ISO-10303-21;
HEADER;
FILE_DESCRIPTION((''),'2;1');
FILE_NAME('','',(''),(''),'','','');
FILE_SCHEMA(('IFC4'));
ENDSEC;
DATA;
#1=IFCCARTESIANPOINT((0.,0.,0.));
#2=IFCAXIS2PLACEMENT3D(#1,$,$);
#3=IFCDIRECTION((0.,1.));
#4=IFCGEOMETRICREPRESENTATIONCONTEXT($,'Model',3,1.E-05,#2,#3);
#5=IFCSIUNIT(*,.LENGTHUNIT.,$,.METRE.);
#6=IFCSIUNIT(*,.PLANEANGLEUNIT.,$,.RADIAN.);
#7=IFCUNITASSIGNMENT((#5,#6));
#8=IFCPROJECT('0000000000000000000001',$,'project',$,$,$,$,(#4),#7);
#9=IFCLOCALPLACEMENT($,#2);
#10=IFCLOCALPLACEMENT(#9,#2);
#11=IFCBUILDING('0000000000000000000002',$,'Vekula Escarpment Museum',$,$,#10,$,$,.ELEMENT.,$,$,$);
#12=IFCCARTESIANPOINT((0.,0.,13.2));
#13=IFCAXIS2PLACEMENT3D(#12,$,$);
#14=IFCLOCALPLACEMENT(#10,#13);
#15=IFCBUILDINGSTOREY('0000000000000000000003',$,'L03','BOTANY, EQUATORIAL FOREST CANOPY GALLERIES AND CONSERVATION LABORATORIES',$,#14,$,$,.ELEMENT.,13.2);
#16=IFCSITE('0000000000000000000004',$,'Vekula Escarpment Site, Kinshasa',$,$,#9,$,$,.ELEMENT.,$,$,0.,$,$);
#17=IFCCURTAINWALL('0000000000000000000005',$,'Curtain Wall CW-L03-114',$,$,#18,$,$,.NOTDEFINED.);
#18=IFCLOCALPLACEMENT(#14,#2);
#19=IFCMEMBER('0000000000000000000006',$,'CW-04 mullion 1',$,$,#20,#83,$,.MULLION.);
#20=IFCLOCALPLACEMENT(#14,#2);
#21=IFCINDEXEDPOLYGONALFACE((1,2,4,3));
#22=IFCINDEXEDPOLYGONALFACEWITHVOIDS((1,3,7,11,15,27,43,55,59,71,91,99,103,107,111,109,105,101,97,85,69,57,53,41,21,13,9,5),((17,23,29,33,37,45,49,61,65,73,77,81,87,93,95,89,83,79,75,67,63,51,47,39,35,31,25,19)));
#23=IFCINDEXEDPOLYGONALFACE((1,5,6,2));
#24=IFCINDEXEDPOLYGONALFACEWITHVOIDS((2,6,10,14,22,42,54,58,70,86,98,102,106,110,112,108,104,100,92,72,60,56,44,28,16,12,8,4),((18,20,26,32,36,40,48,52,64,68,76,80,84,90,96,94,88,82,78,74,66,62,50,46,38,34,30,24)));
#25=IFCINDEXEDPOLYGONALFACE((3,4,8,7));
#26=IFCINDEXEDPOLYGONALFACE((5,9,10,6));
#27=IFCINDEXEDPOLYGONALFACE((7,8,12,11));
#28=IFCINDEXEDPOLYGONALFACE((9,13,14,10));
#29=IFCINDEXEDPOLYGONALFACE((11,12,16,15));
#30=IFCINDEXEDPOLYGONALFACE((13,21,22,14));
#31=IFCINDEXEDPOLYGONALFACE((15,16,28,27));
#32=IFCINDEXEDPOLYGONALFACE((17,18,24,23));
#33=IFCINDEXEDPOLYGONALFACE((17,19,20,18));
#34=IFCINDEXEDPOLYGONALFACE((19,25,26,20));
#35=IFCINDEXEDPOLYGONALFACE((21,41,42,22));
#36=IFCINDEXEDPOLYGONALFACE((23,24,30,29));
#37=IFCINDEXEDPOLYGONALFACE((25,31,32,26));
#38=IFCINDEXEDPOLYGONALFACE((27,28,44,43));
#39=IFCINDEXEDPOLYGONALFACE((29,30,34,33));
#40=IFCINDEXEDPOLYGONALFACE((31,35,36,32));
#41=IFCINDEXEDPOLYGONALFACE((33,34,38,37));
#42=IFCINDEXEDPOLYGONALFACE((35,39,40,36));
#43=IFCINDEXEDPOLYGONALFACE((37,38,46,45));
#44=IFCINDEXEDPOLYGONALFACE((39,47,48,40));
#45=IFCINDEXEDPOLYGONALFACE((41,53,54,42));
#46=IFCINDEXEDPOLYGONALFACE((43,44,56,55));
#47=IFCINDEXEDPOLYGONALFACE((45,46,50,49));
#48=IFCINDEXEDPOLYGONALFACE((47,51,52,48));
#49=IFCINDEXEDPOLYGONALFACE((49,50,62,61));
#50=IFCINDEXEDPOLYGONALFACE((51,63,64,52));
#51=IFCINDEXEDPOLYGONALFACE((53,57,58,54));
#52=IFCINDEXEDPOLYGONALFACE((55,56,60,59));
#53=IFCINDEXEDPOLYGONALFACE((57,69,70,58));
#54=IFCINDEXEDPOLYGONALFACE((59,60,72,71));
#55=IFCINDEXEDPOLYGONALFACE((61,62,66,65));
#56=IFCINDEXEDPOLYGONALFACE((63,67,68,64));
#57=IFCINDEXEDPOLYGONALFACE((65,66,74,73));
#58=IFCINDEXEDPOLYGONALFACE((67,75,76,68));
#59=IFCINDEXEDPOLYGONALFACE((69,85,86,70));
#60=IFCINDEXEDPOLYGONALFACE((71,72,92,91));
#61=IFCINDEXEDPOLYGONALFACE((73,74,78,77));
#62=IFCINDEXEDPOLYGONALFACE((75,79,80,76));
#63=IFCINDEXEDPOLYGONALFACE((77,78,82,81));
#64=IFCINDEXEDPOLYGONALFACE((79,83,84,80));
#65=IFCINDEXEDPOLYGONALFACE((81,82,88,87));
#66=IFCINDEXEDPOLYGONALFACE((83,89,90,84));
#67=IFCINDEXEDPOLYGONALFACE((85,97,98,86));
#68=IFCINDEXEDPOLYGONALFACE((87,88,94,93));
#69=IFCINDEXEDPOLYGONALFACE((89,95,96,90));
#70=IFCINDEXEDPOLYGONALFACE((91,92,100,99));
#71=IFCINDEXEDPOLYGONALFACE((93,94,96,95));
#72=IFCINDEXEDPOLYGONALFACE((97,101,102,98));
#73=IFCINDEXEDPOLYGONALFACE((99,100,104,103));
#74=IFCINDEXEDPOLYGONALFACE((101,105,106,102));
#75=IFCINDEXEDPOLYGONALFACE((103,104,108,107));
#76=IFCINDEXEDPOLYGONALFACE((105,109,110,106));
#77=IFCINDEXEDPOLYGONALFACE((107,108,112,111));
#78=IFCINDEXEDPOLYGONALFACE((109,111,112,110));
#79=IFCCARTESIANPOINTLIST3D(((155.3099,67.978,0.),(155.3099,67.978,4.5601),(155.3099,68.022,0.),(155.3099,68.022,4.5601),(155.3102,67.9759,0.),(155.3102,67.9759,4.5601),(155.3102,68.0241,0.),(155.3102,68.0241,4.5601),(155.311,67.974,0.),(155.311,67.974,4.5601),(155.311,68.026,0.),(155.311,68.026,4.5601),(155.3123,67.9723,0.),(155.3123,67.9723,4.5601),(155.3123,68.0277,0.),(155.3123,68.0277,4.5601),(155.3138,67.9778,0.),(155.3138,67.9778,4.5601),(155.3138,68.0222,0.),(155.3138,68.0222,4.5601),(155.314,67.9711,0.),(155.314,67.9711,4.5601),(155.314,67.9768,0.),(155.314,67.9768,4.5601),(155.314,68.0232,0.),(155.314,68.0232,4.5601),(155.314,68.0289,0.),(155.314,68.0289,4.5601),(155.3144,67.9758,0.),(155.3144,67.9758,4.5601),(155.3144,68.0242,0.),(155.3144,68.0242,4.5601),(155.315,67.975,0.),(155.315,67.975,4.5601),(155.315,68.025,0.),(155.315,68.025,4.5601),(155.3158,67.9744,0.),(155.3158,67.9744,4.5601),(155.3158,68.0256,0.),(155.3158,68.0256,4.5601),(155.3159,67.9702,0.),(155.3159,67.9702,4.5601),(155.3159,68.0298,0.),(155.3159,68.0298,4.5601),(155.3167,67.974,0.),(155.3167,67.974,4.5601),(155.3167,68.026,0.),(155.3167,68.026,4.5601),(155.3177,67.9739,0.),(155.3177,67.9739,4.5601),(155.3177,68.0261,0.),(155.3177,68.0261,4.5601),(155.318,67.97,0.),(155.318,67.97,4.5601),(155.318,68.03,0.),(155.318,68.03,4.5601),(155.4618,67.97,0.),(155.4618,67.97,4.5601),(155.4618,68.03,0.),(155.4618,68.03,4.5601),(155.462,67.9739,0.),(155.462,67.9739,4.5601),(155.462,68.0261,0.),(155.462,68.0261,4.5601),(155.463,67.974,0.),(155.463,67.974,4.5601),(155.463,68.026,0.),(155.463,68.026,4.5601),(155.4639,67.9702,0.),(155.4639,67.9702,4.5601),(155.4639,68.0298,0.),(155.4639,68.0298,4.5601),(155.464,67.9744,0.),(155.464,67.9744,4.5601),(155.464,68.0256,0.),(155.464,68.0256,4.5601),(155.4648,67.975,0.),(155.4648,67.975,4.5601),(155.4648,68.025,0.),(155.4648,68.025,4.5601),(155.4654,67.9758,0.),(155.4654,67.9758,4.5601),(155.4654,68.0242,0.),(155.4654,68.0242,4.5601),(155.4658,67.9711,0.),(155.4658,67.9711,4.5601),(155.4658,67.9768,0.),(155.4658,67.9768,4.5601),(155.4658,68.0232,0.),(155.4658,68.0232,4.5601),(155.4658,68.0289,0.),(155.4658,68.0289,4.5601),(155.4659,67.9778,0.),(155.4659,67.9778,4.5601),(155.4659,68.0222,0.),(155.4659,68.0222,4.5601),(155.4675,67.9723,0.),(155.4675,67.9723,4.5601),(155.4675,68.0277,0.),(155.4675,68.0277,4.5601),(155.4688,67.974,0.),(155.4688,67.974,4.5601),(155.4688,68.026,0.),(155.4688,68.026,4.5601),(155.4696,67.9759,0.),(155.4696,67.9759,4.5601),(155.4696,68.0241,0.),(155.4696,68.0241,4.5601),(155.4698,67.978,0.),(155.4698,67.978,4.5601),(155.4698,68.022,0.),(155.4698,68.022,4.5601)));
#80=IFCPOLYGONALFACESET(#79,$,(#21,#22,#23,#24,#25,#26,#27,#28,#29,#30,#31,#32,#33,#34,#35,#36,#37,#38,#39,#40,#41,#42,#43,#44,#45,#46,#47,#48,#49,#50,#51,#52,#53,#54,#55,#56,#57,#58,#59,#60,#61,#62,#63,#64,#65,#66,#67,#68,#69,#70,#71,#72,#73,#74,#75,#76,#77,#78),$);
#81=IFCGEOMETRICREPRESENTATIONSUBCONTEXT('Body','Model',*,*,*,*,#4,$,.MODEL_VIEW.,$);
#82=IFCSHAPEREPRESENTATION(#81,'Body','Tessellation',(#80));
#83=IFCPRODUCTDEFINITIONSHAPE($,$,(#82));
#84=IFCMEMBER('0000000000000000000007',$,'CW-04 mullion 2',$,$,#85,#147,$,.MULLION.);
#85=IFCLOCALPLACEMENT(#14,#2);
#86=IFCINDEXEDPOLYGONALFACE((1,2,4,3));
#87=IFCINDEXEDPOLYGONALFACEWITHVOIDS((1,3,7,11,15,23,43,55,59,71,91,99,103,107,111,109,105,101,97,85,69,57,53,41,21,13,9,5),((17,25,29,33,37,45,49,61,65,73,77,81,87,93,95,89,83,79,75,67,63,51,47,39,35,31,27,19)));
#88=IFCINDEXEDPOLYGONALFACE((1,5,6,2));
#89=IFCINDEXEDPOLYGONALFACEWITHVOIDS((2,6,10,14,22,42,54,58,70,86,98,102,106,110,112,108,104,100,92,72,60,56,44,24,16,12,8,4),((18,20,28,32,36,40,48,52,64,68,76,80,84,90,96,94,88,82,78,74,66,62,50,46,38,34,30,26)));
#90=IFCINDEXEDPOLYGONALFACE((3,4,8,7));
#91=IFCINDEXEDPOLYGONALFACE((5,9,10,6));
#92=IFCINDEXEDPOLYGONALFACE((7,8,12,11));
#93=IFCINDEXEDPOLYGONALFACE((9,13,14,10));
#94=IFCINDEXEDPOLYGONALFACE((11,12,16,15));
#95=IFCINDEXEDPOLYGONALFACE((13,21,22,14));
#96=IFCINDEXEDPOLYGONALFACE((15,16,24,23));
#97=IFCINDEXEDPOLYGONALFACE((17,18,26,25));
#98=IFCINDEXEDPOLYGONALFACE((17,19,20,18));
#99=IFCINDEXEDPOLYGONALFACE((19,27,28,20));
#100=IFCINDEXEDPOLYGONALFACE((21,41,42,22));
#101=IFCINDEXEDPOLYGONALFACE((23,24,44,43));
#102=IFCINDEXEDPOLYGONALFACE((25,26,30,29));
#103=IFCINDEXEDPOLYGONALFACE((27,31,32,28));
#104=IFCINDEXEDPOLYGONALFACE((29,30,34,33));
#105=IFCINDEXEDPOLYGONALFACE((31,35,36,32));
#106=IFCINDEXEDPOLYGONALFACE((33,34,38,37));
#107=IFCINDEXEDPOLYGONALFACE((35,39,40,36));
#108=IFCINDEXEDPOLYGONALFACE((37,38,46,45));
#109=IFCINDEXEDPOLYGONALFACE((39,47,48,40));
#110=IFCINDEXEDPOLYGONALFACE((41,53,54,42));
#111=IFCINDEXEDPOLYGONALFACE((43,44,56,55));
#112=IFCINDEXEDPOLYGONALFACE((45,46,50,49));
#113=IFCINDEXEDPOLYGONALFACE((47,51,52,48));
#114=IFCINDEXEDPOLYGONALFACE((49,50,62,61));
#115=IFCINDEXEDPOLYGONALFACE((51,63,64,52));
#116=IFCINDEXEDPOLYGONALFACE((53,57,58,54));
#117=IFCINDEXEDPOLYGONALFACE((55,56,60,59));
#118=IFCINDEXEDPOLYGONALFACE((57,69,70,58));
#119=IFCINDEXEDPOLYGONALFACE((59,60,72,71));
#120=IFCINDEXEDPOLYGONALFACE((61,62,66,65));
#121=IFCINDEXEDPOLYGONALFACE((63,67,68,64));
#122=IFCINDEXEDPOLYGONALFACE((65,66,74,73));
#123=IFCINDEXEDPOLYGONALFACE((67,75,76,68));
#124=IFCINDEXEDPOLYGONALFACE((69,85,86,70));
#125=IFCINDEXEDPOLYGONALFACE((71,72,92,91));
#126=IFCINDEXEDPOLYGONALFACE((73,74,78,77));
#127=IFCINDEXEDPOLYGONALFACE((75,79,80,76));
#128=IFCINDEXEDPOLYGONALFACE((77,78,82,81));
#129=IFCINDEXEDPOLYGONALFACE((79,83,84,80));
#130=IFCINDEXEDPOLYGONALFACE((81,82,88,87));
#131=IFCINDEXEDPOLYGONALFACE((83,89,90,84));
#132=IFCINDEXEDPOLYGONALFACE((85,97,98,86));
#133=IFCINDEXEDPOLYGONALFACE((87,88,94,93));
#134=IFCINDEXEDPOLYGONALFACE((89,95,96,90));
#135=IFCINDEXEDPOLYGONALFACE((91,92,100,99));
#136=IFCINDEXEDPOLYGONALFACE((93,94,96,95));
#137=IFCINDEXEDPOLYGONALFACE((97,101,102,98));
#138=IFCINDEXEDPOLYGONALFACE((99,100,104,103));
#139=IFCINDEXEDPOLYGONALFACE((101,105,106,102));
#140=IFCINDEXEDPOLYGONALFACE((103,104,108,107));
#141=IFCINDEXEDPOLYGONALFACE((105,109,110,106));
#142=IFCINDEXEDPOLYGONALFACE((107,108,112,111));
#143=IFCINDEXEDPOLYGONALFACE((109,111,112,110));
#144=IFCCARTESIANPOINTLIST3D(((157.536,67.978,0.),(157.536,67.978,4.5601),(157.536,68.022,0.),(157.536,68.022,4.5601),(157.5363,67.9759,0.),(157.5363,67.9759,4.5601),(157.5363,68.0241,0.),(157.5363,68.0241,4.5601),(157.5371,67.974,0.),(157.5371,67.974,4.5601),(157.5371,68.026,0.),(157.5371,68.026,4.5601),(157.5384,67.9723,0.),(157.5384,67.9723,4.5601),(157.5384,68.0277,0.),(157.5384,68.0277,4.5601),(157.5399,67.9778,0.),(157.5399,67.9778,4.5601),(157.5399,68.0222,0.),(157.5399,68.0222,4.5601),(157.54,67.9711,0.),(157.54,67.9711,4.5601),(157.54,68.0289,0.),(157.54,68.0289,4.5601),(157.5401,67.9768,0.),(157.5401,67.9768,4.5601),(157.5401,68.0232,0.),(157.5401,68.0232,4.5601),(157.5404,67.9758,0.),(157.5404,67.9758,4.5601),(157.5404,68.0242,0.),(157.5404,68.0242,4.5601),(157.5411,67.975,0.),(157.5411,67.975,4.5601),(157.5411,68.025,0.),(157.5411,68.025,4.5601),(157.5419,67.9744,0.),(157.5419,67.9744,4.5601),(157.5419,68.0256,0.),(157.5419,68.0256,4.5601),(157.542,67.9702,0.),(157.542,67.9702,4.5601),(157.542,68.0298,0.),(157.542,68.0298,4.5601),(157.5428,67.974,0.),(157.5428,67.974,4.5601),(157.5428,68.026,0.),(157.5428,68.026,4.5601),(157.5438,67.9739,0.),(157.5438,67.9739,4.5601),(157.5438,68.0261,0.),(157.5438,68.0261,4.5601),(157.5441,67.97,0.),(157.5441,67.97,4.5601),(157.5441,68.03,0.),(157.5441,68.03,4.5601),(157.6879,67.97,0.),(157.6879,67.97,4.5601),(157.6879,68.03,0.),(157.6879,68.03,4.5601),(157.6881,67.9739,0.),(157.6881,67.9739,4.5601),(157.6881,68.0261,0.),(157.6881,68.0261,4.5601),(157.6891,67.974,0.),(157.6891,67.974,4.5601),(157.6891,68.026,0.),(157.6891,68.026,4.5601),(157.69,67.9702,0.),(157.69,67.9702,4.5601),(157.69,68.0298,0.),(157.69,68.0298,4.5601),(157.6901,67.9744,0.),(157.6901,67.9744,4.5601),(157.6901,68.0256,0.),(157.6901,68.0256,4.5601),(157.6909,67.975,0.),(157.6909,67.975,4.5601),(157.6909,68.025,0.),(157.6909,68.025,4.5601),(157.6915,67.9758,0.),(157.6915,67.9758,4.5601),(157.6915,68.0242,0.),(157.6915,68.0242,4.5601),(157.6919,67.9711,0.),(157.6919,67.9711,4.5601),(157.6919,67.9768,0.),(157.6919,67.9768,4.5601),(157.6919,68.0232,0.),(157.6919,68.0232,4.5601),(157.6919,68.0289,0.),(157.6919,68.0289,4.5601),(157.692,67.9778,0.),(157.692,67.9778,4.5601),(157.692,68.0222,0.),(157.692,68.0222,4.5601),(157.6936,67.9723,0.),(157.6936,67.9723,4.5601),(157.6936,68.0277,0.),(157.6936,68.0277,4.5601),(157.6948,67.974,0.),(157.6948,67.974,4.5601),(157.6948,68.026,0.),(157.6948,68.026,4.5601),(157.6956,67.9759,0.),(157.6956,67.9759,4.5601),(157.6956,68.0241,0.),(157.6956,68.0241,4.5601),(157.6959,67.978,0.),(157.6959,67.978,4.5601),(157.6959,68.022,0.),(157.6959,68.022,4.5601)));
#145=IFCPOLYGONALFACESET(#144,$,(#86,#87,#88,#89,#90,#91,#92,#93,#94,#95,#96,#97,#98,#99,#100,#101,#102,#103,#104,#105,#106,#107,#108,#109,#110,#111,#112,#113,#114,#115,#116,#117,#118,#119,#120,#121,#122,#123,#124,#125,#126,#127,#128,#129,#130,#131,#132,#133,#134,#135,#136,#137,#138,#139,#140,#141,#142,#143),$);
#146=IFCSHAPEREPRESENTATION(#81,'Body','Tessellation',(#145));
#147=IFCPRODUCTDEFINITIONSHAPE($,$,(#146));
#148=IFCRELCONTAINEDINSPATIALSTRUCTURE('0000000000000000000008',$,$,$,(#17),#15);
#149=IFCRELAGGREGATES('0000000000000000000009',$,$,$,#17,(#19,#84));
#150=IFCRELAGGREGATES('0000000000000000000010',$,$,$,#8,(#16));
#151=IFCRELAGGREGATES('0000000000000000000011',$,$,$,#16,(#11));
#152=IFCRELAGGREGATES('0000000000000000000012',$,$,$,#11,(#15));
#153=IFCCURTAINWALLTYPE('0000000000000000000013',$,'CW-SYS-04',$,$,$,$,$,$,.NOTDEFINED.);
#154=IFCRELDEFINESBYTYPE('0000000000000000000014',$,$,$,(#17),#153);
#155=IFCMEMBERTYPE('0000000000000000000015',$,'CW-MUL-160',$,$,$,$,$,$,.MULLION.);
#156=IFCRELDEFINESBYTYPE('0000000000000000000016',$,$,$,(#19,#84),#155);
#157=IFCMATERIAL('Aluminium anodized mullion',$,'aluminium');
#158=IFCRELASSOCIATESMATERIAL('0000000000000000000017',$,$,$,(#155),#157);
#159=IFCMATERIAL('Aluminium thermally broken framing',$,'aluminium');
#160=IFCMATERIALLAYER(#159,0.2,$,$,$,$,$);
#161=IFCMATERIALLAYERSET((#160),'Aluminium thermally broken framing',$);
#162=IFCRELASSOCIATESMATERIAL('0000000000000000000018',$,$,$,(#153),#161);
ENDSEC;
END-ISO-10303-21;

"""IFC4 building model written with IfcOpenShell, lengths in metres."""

from ifc_helpers import new_model, si_unit, direction, frame, origin, origin_2d, place, context, subcontext, project, spatial, hollow_rectangle, extrude, material, layer, layer_set, material_profile, profile_set, type_object, element, aggregate, save


model = new_model("IFC4")

# Units and contexts
model_context = context("Model", 3, precision=1e-05, world=origin(), true_north=direction((0.0, 1.0)))
body_context = subcontext(model_context, "Body", "Model", "MODEL_VIEW")
ifc_project = project(units=[si_unit("LENGTHUNIT", "METRE"), si_unit("PLANEANGLEUNIT", "RADIAN")], contexts=[model_context])

# Site, building, storey
site_placement = place(None, origin())
site = spatial("IfcSite", under=ifc_project, at=site_placement, Name="Vekula Escarpment Site, Kinshasa", CompositionType="ELEMENT", RefElevation=0.0)
building_placement = place(site_placement, origin())
building = spatial("IfcBuilding", under=site, at=building_placement, Name="Vekula Escarpment Museum", CompositionType="ELEMENT")
storey_placement = place(building_placement, frame((0.0, 0.0, 13.2)))
storey = spatial("IfcBuildingStorey", under=building, at=storey_placement, Name="L03", Description="BOTANY, EQUATORIAL FOREST CANOPY GALLERIES AND CONSERVATION LABORATORIES", CompositionType="ELEMENT", Elevation=13.2)

# Curtain wall, members
ifc_material_1 = material(Name="Aluminium anodized mullion", Category="aluminium")
ifc_material_profile_1 = material_profile(ifc_material_1, hollow_rectangle(XDim=0.0601, YDim=0.1599, WallThickness=0.0039, InnerFilletRadius=0.0039, OuterFilletRadius=0.0081, at=origin_2d()), Name="ALU 160x60x4")
ifc_profile_set_1 = profile_set([ifc_material_profile_1], Name="Aluminium anodized mullion")
member_type_1 = type_object("IfcMemberType", Name="CW-MUL-160", PredefinedType="MULLION", material=ifc_profile_set_1)
ifc_material_2 = material(Name="Aluminium thermally broken framing", Category="aluminium")
ifc_layer_1 = layer(ifc_material_2, 0.2)
ifc_layer_set_1 = layer_set([ifc_layer_1], Name="Aluminium thermally broken framing")
curtain_wall_type_1 = type_object("IfcCurtainWallType", Name="CW-SYS-04", PredefinedType="NOTDEFINED", material=ifc_layer_set_1)
curtain_wall_1_placement = place(storey_placement, origin())
curtain_wall_1 = element("IfcCurtainWall", 1, at=curtain_wall_1_placement, inside=storey, type_object=curtain_wall_type_1, Name="Curtain Wall CW-L03-114", PredefinedType="NOTDEFINED")
member_1_placement = place(storey_placement, frame((155.3899, 68.0, 0.0), z_axis=(0.0, 0.0, 1.0), x_axis=(0.0, 1.0, 0.0)))
member_1 = element("IfcMember", 2, at=member_1_placement, type_object=member_type_1, Name="CW-04 mullion 1", PredefinedType="MULLION", context=body_context, shape_type="SweptSolid", body=[
    extrude(hollow_rectangle(XDim=0.0601, YDim=0.1599, WallThickness=0.0039, InnerFilletRadius=0.0039, OuterFilletRadius=0.0081, at=origin_2d()), origin(), (0.0, 0.0, 1.0), 4.5601),
])
member_2_placement = place(storey_placement, frame((157.616, 68.0, 0.0), z_axis=(0.0, 0.0, 1.0), x_axis=(0.0, 1.0, 0.0)))
member_2 = element("IfcMember", 3, at=member_2_placement, type_object=member_type_1, Name="CW-04 mullion 2", PredefinedType="MULLION", context=body_context, shape_type="SweptSolid", body=[
    extrude(hollow_rectangle(XDim=0.0601, YDim=0.1599, WallThickness=0.0039, InnerFilletRadius=0.0039, OuterFilletRadius=0.0081, at=origin_2d()), origin(), (0.0, 0.0, 1.0), 4.5601),
])

aggregate(curtain_wall_1, [member_1, member_2])

save(model, "model.ifc")
